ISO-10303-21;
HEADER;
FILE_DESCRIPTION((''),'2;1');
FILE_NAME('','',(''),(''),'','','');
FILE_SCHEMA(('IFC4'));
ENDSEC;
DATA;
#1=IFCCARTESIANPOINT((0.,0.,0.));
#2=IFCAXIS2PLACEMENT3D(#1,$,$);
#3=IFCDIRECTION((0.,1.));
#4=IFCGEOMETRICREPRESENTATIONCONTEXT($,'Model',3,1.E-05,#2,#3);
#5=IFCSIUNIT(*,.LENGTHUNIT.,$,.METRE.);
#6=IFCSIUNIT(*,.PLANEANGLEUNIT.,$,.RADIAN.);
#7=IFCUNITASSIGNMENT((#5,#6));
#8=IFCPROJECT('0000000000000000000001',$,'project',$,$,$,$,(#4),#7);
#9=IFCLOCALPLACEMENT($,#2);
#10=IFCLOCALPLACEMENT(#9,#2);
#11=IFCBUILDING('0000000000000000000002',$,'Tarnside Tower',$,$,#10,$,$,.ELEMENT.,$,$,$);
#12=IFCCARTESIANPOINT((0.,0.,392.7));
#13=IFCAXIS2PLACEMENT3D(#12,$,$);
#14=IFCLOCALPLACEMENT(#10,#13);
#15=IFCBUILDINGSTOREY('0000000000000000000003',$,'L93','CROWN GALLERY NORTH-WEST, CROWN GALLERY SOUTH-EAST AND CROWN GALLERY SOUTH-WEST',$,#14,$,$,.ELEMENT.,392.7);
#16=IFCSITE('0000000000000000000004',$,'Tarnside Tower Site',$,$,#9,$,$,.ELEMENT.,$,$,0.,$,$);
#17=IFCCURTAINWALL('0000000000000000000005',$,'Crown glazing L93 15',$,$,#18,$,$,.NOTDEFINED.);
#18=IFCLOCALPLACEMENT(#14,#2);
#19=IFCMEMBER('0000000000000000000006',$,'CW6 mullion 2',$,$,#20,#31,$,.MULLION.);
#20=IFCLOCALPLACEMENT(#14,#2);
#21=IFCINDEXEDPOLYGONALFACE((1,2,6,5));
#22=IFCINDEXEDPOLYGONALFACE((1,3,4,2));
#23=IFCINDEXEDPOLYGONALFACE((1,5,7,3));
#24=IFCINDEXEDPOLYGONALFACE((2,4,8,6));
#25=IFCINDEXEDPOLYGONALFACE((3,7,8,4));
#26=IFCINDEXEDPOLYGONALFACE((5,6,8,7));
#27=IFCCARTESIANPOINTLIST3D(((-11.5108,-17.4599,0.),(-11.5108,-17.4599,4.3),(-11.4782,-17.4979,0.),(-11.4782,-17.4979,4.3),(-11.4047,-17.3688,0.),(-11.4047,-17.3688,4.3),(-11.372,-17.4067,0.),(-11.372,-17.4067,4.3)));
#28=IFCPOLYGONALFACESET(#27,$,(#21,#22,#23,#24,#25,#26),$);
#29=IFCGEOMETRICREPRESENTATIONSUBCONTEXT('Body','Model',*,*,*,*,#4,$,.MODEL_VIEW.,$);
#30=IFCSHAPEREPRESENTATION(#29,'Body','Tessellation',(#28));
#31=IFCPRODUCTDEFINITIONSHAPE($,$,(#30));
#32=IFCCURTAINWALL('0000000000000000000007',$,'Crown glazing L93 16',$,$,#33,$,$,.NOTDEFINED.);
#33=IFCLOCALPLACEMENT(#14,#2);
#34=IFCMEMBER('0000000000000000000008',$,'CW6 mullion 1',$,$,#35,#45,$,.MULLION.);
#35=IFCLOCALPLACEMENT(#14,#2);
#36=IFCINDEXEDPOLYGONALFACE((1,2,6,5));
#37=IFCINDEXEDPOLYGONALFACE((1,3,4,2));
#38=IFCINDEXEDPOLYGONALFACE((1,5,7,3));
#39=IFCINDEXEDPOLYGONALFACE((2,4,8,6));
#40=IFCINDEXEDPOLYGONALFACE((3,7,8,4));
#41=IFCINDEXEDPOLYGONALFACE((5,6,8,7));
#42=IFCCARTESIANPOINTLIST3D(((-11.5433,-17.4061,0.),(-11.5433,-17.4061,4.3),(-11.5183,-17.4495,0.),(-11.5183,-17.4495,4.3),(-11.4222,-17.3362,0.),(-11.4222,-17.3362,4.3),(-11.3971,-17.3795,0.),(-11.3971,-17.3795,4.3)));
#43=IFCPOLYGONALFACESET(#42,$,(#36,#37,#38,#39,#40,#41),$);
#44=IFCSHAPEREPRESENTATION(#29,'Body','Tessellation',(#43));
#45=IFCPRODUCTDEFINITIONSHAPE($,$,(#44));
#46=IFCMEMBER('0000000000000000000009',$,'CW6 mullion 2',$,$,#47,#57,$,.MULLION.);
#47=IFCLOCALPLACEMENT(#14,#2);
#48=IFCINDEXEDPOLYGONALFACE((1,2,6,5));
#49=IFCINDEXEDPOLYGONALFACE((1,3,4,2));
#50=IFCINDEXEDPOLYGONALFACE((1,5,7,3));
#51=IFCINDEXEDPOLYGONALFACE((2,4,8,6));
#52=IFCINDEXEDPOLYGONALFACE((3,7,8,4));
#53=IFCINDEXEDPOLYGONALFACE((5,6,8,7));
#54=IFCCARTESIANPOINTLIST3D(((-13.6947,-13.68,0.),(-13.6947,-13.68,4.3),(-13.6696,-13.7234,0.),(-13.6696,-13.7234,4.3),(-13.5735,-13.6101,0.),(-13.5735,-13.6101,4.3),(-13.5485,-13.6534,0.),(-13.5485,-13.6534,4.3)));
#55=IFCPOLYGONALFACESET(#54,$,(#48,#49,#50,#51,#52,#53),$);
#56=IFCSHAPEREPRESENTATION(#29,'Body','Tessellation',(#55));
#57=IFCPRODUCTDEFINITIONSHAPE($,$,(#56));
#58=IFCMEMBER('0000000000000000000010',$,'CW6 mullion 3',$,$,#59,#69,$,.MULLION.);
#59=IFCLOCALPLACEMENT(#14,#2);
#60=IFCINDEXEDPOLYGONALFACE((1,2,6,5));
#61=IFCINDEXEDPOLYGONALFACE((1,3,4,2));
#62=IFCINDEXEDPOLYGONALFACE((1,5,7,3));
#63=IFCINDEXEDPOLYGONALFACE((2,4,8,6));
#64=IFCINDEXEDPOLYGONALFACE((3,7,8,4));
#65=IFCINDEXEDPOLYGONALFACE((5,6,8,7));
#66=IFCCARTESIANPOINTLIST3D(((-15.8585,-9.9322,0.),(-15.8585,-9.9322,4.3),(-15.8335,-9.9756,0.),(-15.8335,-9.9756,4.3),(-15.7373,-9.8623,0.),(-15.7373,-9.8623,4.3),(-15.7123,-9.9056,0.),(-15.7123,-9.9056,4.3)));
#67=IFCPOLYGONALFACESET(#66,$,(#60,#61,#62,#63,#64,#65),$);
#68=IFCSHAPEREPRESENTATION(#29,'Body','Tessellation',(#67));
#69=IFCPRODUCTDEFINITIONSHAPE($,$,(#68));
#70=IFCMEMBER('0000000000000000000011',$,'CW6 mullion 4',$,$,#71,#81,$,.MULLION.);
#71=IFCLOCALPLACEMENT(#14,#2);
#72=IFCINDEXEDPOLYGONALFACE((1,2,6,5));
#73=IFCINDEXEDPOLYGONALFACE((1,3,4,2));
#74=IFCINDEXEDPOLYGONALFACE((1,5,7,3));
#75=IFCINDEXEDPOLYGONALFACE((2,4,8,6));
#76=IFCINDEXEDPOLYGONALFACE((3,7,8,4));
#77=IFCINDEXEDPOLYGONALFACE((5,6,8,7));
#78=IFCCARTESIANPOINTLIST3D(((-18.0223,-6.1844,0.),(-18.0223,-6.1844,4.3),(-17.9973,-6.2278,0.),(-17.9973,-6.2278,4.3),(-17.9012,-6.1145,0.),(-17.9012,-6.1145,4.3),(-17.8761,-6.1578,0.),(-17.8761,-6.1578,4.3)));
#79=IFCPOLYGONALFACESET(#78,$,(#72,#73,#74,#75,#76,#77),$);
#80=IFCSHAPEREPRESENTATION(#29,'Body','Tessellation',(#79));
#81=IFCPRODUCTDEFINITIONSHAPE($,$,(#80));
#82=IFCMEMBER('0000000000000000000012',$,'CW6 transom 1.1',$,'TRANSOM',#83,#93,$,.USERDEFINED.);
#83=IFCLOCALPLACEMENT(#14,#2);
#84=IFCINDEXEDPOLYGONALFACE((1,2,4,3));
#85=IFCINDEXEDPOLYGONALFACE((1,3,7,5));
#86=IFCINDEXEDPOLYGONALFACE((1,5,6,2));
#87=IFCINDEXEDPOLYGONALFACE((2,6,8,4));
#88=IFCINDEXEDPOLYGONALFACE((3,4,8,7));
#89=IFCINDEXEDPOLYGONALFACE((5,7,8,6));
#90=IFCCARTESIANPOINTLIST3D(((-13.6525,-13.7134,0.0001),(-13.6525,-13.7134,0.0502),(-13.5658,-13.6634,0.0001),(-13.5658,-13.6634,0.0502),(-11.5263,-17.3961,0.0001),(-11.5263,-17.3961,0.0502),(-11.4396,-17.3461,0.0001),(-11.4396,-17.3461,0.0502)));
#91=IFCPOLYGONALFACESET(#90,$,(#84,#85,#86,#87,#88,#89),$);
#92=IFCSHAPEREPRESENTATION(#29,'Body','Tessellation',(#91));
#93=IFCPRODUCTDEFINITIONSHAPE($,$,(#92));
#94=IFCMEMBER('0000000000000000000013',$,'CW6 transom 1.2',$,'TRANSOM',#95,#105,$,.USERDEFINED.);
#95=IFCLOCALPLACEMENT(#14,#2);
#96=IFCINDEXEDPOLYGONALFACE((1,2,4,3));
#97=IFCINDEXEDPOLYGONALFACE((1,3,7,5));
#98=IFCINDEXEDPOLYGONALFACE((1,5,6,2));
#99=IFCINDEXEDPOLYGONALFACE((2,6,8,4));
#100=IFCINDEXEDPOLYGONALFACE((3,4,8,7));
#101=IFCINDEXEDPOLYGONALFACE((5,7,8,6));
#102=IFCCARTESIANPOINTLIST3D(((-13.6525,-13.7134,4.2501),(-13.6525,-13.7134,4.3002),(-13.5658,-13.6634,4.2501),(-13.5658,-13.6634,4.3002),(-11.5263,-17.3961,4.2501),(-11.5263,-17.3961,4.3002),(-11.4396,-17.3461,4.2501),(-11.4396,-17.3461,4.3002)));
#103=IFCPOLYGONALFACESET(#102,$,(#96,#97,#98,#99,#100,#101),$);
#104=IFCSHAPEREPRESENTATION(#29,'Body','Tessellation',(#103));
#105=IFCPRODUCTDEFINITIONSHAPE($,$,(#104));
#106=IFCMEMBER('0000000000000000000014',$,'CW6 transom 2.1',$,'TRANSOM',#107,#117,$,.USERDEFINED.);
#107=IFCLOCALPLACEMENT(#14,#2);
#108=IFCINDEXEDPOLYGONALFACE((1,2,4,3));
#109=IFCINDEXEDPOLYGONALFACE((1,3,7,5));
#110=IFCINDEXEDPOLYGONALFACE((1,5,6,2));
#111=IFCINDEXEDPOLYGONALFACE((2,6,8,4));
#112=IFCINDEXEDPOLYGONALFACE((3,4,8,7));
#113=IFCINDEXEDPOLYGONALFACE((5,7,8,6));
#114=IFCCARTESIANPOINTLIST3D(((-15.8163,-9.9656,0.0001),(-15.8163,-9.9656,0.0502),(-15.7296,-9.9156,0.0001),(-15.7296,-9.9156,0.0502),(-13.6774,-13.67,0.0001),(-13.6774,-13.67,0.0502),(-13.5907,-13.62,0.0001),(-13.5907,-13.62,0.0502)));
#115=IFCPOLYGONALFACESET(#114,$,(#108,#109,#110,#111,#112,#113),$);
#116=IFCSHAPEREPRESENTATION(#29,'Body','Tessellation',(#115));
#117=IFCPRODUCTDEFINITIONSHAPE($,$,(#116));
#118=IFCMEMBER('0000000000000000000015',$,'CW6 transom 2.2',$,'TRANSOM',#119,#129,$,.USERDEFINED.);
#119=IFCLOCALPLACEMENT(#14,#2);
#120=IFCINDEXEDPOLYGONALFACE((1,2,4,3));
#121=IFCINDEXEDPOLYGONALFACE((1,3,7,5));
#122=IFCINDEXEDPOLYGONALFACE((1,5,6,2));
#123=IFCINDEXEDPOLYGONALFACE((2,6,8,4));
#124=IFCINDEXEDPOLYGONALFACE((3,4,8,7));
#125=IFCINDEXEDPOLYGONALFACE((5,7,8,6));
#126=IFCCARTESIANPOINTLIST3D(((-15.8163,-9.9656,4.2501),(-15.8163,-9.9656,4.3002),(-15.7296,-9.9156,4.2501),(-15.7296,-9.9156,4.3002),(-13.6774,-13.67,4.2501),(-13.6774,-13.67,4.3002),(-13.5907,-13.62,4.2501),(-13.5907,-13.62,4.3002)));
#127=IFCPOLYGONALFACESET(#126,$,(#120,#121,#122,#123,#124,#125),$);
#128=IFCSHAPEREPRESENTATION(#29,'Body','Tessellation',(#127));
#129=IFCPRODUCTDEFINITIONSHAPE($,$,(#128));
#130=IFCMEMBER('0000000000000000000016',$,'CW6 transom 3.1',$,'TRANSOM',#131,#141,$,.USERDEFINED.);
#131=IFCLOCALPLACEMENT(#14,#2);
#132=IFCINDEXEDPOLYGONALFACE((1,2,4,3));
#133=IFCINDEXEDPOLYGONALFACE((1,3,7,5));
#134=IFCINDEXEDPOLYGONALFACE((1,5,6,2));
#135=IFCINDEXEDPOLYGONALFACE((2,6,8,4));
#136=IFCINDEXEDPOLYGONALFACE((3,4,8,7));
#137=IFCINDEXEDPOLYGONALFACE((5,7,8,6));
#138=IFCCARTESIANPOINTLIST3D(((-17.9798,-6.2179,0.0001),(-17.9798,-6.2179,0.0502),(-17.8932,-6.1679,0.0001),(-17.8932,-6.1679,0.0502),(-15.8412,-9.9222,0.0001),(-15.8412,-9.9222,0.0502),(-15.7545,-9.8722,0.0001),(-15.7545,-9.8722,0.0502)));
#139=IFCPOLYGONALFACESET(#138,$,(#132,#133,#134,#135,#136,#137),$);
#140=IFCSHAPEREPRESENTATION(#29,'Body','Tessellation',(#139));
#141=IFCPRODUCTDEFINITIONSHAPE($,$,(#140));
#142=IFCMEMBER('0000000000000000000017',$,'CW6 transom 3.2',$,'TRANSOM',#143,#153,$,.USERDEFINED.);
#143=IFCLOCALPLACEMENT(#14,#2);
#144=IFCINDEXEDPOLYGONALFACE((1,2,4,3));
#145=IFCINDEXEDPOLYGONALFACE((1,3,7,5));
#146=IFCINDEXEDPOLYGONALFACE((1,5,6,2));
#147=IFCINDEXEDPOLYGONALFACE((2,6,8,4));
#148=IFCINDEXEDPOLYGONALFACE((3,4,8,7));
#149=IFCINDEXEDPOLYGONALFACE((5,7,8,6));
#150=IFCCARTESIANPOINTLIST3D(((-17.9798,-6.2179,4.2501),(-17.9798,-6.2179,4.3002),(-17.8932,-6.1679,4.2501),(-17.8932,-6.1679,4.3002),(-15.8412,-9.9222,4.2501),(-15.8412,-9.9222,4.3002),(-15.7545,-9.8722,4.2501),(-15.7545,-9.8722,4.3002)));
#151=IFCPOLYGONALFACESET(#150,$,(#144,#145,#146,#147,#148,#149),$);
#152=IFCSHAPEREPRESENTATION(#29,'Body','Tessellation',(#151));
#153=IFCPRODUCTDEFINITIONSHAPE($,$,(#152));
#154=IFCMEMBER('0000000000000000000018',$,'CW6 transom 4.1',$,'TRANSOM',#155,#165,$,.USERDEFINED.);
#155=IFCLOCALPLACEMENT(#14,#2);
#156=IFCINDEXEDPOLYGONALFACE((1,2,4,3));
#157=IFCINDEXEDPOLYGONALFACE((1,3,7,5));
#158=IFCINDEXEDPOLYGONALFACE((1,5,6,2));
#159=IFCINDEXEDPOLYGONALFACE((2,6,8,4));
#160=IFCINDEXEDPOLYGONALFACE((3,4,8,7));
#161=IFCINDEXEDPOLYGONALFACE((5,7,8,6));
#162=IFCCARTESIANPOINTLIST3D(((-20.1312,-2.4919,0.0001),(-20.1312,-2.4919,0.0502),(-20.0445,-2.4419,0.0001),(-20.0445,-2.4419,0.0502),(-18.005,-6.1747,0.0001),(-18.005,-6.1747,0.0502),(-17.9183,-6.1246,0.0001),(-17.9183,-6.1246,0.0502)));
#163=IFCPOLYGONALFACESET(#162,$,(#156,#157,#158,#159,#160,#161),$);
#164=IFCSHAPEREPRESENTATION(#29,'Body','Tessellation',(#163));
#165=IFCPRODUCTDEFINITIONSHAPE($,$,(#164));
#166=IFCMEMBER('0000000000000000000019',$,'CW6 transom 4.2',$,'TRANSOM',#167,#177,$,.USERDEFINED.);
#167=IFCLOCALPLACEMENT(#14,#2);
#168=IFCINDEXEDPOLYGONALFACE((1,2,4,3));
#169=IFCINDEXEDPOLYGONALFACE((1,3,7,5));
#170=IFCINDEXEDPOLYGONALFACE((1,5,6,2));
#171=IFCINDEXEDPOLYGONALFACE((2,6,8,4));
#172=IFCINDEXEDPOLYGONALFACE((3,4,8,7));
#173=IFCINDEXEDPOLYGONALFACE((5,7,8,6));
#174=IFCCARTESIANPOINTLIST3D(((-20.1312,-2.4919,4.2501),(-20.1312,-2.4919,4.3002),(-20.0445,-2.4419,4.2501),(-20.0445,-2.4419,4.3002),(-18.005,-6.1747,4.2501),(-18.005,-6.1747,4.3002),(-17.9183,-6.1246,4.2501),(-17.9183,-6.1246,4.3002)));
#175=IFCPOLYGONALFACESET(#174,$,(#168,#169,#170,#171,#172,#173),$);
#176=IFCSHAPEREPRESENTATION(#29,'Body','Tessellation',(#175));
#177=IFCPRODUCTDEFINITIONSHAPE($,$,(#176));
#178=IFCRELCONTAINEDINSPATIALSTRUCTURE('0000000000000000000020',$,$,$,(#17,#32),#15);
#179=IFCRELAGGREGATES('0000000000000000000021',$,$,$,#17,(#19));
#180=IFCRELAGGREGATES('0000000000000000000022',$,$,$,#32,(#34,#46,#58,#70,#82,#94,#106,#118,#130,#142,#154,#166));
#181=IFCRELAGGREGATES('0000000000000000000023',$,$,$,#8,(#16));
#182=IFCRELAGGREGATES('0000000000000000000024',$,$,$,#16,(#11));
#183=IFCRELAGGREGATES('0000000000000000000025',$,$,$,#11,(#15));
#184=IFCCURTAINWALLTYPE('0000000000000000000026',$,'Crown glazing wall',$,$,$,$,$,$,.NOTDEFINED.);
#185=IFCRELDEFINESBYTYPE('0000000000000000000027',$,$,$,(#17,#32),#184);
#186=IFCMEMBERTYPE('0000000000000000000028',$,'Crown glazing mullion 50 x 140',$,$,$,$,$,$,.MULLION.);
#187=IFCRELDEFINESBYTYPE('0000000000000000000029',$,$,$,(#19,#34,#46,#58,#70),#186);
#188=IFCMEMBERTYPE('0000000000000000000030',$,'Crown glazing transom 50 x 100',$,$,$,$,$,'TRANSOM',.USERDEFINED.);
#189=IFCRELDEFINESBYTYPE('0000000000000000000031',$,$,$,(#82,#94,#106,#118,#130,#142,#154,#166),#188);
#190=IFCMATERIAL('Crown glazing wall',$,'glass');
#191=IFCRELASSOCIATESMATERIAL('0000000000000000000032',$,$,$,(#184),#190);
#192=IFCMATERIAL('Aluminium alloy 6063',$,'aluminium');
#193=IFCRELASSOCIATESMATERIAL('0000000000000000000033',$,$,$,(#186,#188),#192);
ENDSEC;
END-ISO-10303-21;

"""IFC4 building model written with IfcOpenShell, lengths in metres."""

from ifc_helpers import new_model, si_unit, direction, frame, origin, origin_2d, place, context, subcontext, project, spatial, rectangle, extrude, material, material_profile, profile_set, type_object, element, aggregate, save


model = new_model("IFC4")

# Units and contexts
model_context = context("Model", 3, precision=1e-05, world=origin(), true_north=direction((0.0, 1.0)))
body_context = subcontext(model_context, "Body", "Model", "MODEL_VIEW")
ifc_project = project(units=[si_unit("LENGTHUNIT", "METRE"), si_unit("PLANEANGLEUNIT", "RADIAN")], contexts=[model_context])

# Site, building, storey
site_placement = place(None, origin())
site = spatial("IfcSite", under=ifc_project, at=site_placement, Name="Tarnside Tower Site", CompositionType="ELEMENT", RefElevation=0.0)
building_placement = place(site_placement, origin())
building = spatial("IfcBuilding", under=site, at=building_placement, Name="Tarnside Tower", CompositionType="ELEMENT")
storey_placement = place(building_placement, frame((0.0, 0.0, 392.7)))
storey = spatial("IfcBuildingStorey", under=building, at=storey_placement, Name="L93", Description="CROWN GALLERY NORTH-WEST, CROWN GALLERY SOUTH-EAST AND CROWN GALLERY SOUTH-WEST", CompositionType="ELEMENT", Elevation=392.7)

# Curtain wall, member
ifc_material_1 = material(Name="Crown glazing wall", Category="glass")
curtain_wall_type = type_object("IfcCurtainWallType", Name="Crown glazing wall", PredefinedType="NOTDEFINED", material=ifc_material_1)
curtain_wall_1_placement = place(storey_placement, origin())
curtain_wall_1 = element("IfcCurtainWall", 1, at=curtain_wall_1_placement, inside=storey, type_object=curtain_wall_type, Name="Crown glazing L93 15", PredefinedType="NOTDEFINED")
ifc_material_2 = material(Name="Aluminium alloy 6063", Category="aluminium")
ifc_material_profile_1 = material_profile(ifc_material_2, rectangle(XDim=0.1399, YDim=0.05, at=origin_2d()), Name="Crown glazing mullion 50 x 140")
ifc_profile_set_1 = profile_set([ifc_material_profile_1], Name="Aluminium alloy 6063")
member_type_1 = type_object("IfcMemberType", Name="Crown glazing mullion 50 x 140", PredefinedType="MULLION", material=ifc_profile_set_1)
member_1_placement = place(storey_placement, frame((-11.4414, -17.4333, 0.0), z_axis=(0.0, 0.0, 1.0), x_axis=(-0.758514, -0.651657, 0.0)))
member_1 = element("IfcMember", 2, at=member_1_placement, type_object=member_type_1, Name="CW6 mullion 2", PredefinedType="MULLION", context=body_context, shape_type="SweptSolid", body=[
    extrude(rectangle(XDim=0.1399, YDim=0.05, at=origin_2d()), origin(), (0.0, 0.0, 1.0), 4.3),
])
aggregate(curtain_wall_1, [member_1])

# Curtain wall, members
curtain_wall_2_placement = place(storey_placement, origin())
curtain_wall_2 = element("IfcCurtainWall", 3, at=curtain_wall_2_placement, inside=storey, type_object=curtain_wall_type, Name="Crown glazing L93 16", PredefinedType="NOTDEFINED")
member_2_placement = place(storey_placement, frame((-11.4702, -17.3928, 0.0), z_axis=(0.0, 0.0, 1.0), x_axis=(-0.866025, -0.5, 0.0)))
member_2 = element("IfcMember", 4, at=member_2_placement, type_object=member_type_1, Name="CW6 mullion 1", PredefinedType="MULLION", context=body_context, shape_type="SweptSolid", body=[
    extrude(rectangle(XDim=0.1399, YDim=0.05, at=origin_2d()), origin(), (0.0, 0.0, 1.0), 4.3),
])
member_3_placement = place(storey_placement, frame((-13.6216, -13.6667, 0.0), z_axis=(0.0, 0.0, 1.0), x_axis=(-0.866025, -0.5, 0.0)))
member_3 = element("IfcMember", 5, at=member_3_placement, type_object=member_type_1, Name="CW6 mullion 2", PredefinedType="MULLION", context=body_context, shape_type="SweptSolid", body=[
    extrude(rectangle(XDim=0.1399, YDim=0.05, at=origin_2d()), origin(), (0.0, 0.0, 1.0), 4.3),
])
member_4_placement = place(storey_placement, frame((-15.7854, -9.9189, 0.0), z_axis=(0.0, 0.0, 1.0), x_axis=(-0.866025, -0.5, 0.0)))
member_4 = element("IfcMember", 6, at=member_4_placement, type_object=member_type_1, Name="CW6 mullion 3", PredefinedType="MULLION", context=body_context, shape_type="SweptSolid", body=[
    extrude(rectangle(XDim=0.1399, YDim=0.05, at=origin_2d()), origin(), (0.0, 0.0, 1.0), 4.3),
])
member_5_placement = place(storey_placement, frame((-17.9492, -6.1711, 0.0), z_axis=(0.0, 0.0, 1.0), x_axis=(-0.866025, -0.5, 0.0)))
member_5 = element("IfcMember", 7, at=member_5_placement, type_object=member_type_1, Name="CW6 mullion 4", PredefinedType="MULLION", context=body_context, shape_type="SweptSolid", body=[
    extrude(rectangle(XDim=0.1399, YDim=0.05, at=origin_2d()), origin(), (0.0, 0.0, 1.0), 4.3),
])
ifc_material_profile_2 = material_profile(ifc_material_2, rectangle(XDim=0.1001, YDim=0.05, at=origin_2d()), Name="Crown glazing transom 50 x 100")
ifc_profile_set_2 = profile_set([ifc_material_profile_2], Name="Aluminium alloy 6063")
member_type_2 = type_object("IfcMemberType", Name="Crown glazing transom 50 x 100", ElementType="TRANSOM", PredefinedType="USERDEFINED", material=ifc_profile_set_2)
member_6_placement = place(storey_placement, frame((-11.4829, -17.3711, 0.0251), z_axis=(-0.500011, 0.866019, 0.0), x_axis=(-0.866019, -0.500011, 0.0)))
member_6 = element("IfcMember", 8, at=member_6_placement, type_object=member_type_2, Name="CW6 transom 1.1", ObjectType="TRANSOM", PredefinedType="USERDEFINED", context=body_context, shape_type="SweptSolid", body=[
    extrude(rectangle(XDim=0.1001, YDim=0.05, at=origin_2d()), origin(), (0.0, 0.0, 1.0), 4.2524),
])
member_7_placement = place(storey_placement, frame((-11.4829, -17.3711, 4.2751), z_axis=(-0.500011, 0.866019, 0.0), x_axis=(-0.866019, -0.500011, 0.0)))
member_7 = element("IfcMember", 9, at=member_7_placement, type_object=member_type_2, Name="CW6 transom 1.2", ObjectType="TRANSOM", PredefinedType="USERDEFINED", context=body_context, shape_type="SweptSolid", body=[
    extrude(rectangle(XDim=0.1001, YDim=0.05, at=origin_2d()), origin(), (0.0, 0.0, 1.0), 4.2524),
])
member_8_placement = place(storey_placement, frame((-13.634, -13.645, 0.0251), z_axis=(-0.500037, 0.866004, 0.0), x_axis=(-0.866004, -0.500037, 0.0)))
member_8 = element("IfcMember", 10, at=member_8_placement, type_object=member_type_2, Name="CW6 transom 2.1", ObjectType="TRANSOM", PredefinedType="USERDEFINED", context=body_context, shape_type="SweptSolid", body=[
    extrude(rectangle(XDim=0.1001, YDim=0.05, at=origin_2d()), origin(), (0.0, 0.0, 1.0), 4.2776),
])
member_9_placement = place(storey_placement, frame((-13.634, -13.645, 4.2751), z_axis=(-0.500037, 0.866004, 0.0), x_axis=(-0.866004, -0.500037, 0.0)))
member_9 = element("IfcMember", 11, at=member_9_placement, type_object=member_type_2, Name="CW6 transom 2.2", ObjectType="TRANSOM", PredefinedType="USERDEFINED", context=body_context, shape_type="SweptSolid", body=[
    extrude(rectangle(XDim=0.1001, YDim=0.05, at=origin_2d()), origin(), (0.0, 0.0, 1.0), 4.2776),
])
member_10_placement = place(storey_placement, frame((-15.7979, -9.8972, 0.0251), z_axis=(-0.499994, 0.866029, 0.0), x_axis=(-0.866029, -0.499994, 0.0)))
member_10 = element("IfcMember", 12, at=member_10_placement, type_object=member_type_2, Name="CW6 transom 3.1", ObjectType="TRANSOM", PredefinedType="USERDEFINED", context=body_context, shape_type="SweptSolid", body=[
    extrude(rectangle(XDim=0.1001, YDim=0.05, at=origin_2d()), origin(), (0.0, 0.0, 1.0), 4.2773),
])
member_11_placement = place(storey_placement, frame((-15.7979, -9.8972, 4.2751), z_axis=(-0.499994, 0.866029, 0.0), x_axis=(-0.866029, -0.499994, 0.0)))
member_11 = element("IfcMember", 13, at=member_11_placement, type_object=member_type_2, Name="CW6 transom 3.2", ObjectType="TRANSOM", PredefinedType="USERDEFINED", context=body_context, shape_type="SweptSolid", body=[
    extrude(rectangle(XDim=0.1001, YDim=0.05, at=origin_2d()), origin(), (0.0, 0.0, 1.0), 4.2773),
])
member_12_placement = place(storey_placement, frame((-17.9617, -6.1497, 0.0251), z_axis=(-0.499986, 0.866034, 0.0), x_axis=(-0.866034, -0.499986, 0.0)))
member_12 = element("IfcMember", 14, at=member_12_placement, type_object=member_type_2, Name="CW6 transom 4.1", ObjectType="TRANSOM", PredefinedType="USERDEFINED", context=body_context, shape_type="SweptSolid", body=[
    extrude(rectangle(XDim=0.1001, YDim=0.05, at=origin_2d()), origin(), (0.0, 0.0, 1.0), 4.2524),
])
member_13_placement = place(storey_placement, frame((-17.9617, -6.1497, 4.2751), z_axis=(-0.499986, 0.866034, 0.0), x_axis=(-0.866034, -0.499986, 0.0)))
member_13 = element("IfcMember", 15, at=member_13_placement, type_object=member_type_2, Name="CW6 transom 4.2", ObjectType="TRANSOM", PredefinedType="USERDEFINED", context=body_context, shape_type="SweptSolid", body=[
    extrude(rectangle(XDim=0.1001, YDim=0.05, at=origin_2d()), origin(), (0.0, 0.0, 1.0), 4.2524),
])

aggregate(curtain_wall_2, [member_2, member_3, member_4, member_5, member_6, member_7, member_8, member_9, member_10, member_11, member_12, member_13])

save(model, "model.ifc")
